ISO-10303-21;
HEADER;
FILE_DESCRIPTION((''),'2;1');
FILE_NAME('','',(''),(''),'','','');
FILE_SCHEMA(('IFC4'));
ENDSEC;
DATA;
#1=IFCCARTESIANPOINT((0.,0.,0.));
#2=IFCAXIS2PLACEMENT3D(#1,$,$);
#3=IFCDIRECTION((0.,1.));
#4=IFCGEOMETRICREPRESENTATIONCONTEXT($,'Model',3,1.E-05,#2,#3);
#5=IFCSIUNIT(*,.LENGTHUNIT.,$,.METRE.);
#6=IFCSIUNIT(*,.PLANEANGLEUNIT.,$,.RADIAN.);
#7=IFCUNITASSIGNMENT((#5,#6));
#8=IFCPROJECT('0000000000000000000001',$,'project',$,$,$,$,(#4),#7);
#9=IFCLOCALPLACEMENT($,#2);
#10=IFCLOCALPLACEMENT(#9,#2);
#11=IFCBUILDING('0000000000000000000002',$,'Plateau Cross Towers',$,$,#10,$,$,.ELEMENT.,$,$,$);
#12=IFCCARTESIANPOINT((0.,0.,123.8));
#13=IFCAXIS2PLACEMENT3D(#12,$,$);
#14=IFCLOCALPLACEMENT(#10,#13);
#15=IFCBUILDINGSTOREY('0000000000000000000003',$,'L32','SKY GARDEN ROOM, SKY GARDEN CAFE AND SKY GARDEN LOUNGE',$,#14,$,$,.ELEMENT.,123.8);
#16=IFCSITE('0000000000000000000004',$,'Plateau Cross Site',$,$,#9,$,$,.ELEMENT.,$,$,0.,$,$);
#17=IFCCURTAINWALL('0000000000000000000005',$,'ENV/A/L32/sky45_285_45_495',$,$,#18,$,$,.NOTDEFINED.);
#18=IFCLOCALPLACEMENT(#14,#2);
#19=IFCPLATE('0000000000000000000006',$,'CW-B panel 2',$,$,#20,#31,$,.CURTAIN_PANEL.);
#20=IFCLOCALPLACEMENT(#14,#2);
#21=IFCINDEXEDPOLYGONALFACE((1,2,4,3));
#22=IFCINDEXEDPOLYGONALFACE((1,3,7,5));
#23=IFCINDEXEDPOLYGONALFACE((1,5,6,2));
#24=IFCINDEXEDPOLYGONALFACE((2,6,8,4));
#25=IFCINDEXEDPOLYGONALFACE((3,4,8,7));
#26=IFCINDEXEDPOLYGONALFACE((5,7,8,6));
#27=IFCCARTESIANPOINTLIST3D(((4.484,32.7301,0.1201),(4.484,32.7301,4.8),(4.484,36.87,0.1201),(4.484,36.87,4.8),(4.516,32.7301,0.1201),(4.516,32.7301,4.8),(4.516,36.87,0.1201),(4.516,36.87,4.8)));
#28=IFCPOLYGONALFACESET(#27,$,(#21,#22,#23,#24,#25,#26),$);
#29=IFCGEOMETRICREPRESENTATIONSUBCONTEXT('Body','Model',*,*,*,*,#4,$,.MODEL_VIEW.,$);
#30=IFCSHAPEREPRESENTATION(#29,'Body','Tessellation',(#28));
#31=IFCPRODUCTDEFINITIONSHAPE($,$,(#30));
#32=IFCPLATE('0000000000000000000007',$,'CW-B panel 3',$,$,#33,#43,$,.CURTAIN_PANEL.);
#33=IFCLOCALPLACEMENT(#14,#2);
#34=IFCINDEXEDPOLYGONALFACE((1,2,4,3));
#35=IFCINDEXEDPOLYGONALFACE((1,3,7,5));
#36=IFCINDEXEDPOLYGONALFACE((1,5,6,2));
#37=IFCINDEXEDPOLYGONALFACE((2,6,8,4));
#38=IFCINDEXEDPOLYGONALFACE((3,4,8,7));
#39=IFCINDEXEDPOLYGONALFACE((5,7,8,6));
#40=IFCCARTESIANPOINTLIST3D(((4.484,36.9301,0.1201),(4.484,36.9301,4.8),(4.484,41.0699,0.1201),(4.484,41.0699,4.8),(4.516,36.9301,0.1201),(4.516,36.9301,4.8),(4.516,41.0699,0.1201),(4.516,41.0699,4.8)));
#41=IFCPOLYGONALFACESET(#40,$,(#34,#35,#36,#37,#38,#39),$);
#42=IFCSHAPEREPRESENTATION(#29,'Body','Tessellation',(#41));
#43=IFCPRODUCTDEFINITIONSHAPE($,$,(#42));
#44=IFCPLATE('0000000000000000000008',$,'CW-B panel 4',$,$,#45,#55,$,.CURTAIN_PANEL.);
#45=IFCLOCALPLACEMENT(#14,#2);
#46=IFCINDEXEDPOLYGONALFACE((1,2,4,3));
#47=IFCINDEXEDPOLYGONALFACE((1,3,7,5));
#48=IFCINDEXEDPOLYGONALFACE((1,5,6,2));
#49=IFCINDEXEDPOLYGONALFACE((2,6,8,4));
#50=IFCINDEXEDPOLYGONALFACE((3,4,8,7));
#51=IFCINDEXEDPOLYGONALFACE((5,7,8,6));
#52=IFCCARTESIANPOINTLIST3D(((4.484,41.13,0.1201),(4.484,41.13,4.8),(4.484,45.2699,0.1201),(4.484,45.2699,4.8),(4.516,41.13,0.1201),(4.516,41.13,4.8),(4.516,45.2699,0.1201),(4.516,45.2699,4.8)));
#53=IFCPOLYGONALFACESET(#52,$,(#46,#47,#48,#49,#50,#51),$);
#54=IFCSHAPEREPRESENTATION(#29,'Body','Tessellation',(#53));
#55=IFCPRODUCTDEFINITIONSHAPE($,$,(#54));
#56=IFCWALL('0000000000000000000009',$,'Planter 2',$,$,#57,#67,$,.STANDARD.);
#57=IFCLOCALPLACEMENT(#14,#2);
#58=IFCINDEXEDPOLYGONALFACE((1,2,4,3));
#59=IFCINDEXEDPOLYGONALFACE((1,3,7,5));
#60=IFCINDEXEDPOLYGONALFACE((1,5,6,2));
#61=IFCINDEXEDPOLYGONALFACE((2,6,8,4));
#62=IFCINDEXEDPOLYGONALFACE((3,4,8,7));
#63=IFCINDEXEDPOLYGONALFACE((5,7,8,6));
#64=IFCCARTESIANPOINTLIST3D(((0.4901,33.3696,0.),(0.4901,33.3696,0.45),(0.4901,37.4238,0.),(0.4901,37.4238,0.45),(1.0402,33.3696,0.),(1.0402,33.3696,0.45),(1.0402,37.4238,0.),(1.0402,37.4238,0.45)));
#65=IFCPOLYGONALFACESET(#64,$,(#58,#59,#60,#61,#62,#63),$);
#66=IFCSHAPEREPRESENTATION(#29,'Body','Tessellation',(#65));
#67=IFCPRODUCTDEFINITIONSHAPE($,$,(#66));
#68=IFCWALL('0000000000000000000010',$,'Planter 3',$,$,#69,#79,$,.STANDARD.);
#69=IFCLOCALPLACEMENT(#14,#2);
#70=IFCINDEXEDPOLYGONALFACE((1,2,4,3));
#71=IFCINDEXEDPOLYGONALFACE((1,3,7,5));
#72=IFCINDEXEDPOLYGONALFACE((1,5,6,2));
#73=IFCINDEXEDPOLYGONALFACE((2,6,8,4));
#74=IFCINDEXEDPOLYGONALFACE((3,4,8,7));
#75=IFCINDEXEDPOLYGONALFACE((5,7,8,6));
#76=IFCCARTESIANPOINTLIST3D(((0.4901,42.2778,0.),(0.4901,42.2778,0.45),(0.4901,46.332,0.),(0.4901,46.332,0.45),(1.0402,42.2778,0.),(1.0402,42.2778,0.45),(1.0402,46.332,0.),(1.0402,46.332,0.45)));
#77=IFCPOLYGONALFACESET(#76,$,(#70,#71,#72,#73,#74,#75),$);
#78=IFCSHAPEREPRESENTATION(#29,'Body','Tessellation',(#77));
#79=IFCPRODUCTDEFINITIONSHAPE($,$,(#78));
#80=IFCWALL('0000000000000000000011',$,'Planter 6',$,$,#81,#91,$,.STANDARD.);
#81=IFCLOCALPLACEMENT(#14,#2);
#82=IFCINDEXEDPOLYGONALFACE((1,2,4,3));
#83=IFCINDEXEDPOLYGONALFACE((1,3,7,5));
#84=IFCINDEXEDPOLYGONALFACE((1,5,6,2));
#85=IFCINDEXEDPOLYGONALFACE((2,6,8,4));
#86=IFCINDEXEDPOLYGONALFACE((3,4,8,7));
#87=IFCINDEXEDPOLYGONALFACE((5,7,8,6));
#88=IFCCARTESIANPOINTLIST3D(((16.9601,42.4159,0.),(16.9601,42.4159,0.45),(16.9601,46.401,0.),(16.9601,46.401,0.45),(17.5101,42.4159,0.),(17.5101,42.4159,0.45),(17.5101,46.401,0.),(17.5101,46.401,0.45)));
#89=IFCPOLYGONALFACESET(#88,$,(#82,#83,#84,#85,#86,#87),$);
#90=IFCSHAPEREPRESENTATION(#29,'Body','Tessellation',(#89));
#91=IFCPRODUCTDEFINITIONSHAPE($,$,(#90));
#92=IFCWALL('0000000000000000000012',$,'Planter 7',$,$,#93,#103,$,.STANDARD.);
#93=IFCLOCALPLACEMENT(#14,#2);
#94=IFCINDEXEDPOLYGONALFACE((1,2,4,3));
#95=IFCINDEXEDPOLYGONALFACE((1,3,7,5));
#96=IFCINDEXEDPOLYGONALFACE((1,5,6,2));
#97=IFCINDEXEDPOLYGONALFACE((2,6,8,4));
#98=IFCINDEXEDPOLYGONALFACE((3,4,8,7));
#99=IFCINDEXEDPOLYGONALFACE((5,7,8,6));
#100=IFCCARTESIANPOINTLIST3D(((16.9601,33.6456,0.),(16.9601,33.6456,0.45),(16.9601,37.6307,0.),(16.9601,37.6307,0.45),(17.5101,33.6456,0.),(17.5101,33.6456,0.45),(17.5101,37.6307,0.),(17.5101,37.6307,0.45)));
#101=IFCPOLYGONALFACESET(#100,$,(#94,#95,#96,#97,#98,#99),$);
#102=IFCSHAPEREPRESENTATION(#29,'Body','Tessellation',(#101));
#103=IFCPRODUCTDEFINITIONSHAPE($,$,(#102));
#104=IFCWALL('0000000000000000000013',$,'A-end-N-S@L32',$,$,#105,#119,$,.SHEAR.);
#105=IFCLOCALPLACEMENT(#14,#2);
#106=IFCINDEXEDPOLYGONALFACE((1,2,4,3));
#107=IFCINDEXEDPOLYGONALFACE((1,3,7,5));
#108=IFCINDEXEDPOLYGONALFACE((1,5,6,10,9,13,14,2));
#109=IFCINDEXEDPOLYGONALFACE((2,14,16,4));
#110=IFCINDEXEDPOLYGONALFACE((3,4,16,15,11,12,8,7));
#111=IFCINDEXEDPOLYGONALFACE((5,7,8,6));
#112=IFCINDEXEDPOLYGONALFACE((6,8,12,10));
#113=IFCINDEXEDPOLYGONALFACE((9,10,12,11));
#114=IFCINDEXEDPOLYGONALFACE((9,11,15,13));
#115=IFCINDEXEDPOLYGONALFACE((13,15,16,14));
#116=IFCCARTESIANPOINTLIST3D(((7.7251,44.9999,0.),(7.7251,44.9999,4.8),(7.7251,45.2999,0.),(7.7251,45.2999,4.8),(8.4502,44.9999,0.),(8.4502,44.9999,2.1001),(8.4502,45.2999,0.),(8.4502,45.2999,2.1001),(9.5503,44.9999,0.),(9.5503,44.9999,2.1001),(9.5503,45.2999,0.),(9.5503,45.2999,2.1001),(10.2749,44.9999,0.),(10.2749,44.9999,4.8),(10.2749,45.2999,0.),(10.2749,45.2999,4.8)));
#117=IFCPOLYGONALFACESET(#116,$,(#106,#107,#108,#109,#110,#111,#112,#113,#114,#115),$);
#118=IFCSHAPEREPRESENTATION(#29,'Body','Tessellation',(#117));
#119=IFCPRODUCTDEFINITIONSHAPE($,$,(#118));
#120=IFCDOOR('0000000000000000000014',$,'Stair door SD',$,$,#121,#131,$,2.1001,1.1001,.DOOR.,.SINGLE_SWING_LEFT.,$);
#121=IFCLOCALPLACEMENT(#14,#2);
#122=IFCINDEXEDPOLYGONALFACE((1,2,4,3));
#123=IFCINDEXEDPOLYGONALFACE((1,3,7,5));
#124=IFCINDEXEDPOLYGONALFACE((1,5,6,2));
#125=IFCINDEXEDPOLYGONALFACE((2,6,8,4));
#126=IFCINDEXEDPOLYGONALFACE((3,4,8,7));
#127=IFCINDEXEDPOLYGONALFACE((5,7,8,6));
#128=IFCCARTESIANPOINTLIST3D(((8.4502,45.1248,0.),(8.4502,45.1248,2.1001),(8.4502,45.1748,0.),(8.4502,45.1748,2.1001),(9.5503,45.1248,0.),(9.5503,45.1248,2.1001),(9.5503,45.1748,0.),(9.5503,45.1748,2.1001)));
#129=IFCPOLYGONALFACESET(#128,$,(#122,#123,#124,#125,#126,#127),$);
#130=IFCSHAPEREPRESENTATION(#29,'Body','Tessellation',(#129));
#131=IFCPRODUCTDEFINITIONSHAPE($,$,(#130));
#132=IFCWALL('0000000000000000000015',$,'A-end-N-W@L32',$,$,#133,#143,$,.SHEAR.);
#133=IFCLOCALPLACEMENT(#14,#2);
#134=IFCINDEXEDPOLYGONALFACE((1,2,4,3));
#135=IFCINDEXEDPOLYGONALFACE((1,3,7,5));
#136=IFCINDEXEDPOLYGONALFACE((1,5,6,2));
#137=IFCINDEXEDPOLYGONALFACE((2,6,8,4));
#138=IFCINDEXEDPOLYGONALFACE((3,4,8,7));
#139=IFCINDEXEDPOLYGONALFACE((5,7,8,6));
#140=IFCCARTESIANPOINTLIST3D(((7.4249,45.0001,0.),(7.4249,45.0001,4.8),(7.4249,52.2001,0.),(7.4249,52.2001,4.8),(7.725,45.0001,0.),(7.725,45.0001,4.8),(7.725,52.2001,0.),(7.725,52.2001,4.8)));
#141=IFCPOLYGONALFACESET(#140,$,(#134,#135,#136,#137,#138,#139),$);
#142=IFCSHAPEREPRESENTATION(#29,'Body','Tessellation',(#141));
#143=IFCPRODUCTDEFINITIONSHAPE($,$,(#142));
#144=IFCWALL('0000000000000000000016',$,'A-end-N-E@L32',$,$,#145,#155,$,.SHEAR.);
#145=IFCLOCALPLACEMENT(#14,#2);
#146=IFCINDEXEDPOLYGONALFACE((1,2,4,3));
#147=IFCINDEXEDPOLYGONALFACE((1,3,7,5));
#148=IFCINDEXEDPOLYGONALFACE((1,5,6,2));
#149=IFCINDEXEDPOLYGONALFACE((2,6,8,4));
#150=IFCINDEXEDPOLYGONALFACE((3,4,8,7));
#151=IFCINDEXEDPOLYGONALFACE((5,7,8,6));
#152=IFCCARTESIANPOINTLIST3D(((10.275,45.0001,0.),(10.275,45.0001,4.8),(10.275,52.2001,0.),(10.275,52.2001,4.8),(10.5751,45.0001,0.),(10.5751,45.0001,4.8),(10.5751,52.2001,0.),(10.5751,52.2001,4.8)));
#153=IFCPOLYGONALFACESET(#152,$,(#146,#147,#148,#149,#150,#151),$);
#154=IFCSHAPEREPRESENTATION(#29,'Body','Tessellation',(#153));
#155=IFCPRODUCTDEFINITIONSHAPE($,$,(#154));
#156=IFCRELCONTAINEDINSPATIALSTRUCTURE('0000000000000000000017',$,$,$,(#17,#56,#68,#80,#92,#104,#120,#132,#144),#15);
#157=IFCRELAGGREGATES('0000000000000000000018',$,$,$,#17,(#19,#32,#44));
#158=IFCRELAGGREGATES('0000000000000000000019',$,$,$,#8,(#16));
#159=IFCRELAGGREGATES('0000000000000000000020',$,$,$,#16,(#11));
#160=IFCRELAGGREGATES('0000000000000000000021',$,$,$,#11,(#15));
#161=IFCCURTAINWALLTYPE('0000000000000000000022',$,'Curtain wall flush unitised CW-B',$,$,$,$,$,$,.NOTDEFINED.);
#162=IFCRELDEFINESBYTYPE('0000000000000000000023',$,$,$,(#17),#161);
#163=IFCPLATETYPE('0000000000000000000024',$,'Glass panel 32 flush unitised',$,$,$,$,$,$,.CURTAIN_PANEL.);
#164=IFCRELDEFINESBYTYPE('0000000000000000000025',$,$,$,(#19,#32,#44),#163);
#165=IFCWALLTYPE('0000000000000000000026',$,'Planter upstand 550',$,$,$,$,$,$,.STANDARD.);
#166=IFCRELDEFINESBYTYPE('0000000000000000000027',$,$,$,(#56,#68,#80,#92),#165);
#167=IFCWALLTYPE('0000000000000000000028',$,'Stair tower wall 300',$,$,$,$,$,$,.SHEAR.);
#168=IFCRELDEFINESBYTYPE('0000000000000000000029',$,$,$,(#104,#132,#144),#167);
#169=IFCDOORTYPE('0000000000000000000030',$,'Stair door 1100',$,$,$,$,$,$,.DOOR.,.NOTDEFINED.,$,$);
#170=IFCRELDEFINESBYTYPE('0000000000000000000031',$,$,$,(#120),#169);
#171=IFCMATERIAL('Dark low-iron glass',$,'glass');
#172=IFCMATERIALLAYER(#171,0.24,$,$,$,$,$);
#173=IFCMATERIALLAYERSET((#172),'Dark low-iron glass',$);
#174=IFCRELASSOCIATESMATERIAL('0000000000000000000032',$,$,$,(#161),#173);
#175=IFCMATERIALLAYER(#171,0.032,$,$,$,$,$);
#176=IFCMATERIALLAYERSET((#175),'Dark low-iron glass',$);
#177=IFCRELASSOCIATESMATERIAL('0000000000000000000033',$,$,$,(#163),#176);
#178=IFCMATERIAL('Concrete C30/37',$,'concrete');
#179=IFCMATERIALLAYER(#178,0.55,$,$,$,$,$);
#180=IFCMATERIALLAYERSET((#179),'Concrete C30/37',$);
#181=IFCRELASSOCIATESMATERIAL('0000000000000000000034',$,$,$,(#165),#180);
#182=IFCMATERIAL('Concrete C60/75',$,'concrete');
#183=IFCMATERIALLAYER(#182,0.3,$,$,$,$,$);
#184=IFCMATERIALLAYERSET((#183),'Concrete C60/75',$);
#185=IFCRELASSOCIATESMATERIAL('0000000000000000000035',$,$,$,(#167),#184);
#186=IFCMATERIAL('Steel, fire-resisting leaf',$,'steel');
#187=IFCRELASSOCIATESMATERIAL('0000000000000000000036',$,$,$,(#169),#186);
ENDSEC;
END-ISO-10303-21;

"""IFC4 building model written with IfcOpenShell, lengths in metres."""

from ifc_helpers import new_model, si_unit, direction, frame, frame_2d, origin, origin_2d, place, context, subcontext, project, spatial, rectangle, extrude, material, layer, layer_set, type_object, element, fill, aggregate, save


model = new_model("IFC4")

# Units and contexts
model_context = context("Model", 3, precision=1e-05, world=origin(), true_north=direction((0.0, 1.0)))
body_context = subcontext(model_context, "Body", "Model", "MODEL_VIEW")
ifc_project = project(units=[si_unit("LENGTHUNIT", "METRE"), si_unit("PLANEANGLEUNIT", "RADIAN")], contexts=[model_context])

# Site, building, storey
site_placement = place(None, origin())
site = spatial("IfcSite", under=ifc_project, at=site_placement, Name="Plateau Cross Site", CompositionType="ELEMENT", RefElevation=0.0)
building_placement = place(site_placement, origin())
building = spatial("IfcBuilding", under=site, at=building_placement, Name="Plateau Cross Towers", CompositionType="ELEMENT")
storey_placement = place(building_placement, frame((0.0, 0.0, 123.8)))
storey = spatial("IfcBuildingStorey", under=building, at=storey_placement, Name="L32", Description="SKY GARDEN ROOM, SKY GARDEN CAFE AND SKY GARDEN LOUNGE", CompositionType="ELEMENT", Elevation=123.8)

# Shared definitions
ifc_material_1 = material(Name="Concrete C60/75", Category="concrete")

# Curtain wall
ifc_material_2 = material(Name="Dark low-iron glass", Category="glass")
ifc_layer_1 = layer(ifc_material_2, 0.24)
ifc_layer_set_1 = layer_set([ifc_layer_1], Name="Dark low-iron glass")
curtain_wall_type = type_object("IfcCurtainWallType", Name="Curtain wall flush unitised CW-B", PredefinedType="NOTDEFINED", material=ifc_layer_set_1)
curtain_wall_1_placement = place(storey_placement, origin())
curtain_wall_1 = element("IfcCurtainWall", 1, at=curtain_wall_1_placement, inside=storey, type_object=curtain_wall_type, Name="ENV/A/L32/sky45_285_45_495", PredefinedType="NOTDEFINED")

# Plates
ifc_layer_2 = layer(ifc_material_2, 0.032)
ifc_layer_set_2 = layer_set([ifc_layer_2], Name="Dark low-iron glass")
plate_type = type_object("IfcPlateType", Name="Glass panel 32 flush unitised", PredefinedType="CURTAIN_PANEL", material=ifc_layer_set_2)
plate_1_placement = place(storey_placement, frame((4.5, 34.8, 0.1201), z_axis=(0.0, 0.0, 1.0), x_axis=(0.0, 1.0, 0.0)))
plate_1 = element("IfcPlate", 2, at=plate_1_placement, type_object=plate_type, Name="CW-B panel 2", PredefinedType="CURTAIN_PANEL", context=body_context, shape_type="SweptSolid", body=[
    extrude(rectangle(XDim=4.1399, YDim=0.032, at=origin_2d()), origin(), (0.0, 0.0, 1.0), 4.6799),
])
plate_2_placement = place(storey_placement, frame((4.5, 39.0, 0.1201), z_axis=(0.0, 0.0, 1.0), x_axis=(0.0, 1.0, 0.0)))
plate_2 = element("IfcPlate", 3, at=plate_2_placement, type_object=plate_type, Name="CW-B panel 3", PredefinedType="CURTAIN_PANEL", context=body_context, shape_type="SweptSolid", body=[
    extrude(rectangle(XDim=4.1399, YDim=0.032, at=origin_2d()), origin(), (0.0, 0.0, 1.0), 4.6799),
])
plate_3_placement = place(storey_placement, frame((4.5, 43.2, 0.1201), z_axis=(0.0, 0.0, 1.0), x_axis=(0.0, 1.0, 0.0)))
plate_3 = element("IfcPlate", 4, at=plate_3_placement, type_object=plate_type, Name="CW-B panel 4", PredefinedType="CURTAIN_PANEL", context=body_context, shape_type="SweptSolid", body=[
    extrude(rectangle(XDim=4.1399, YDim=0.032, at=origin_2d()), origin(), (0.0, 0.0, 1.0), 4.6799),
])
aggregate(curtain_wall_1, [plate_1, plate_2, plate_3])

# Walls
ifc_material_3 = material(Name="Concrete C30/37", Category="concrete")
ifc_layer_3 = layer(ifc_material_3, 0.55)
ifc_layer_set_3 = layer_set([ifc_layer_3], Name="Concrete C30/37")
wall_type_1 = type_object("IfcWallType", Name="Planter upstand 550", PredefinedType="STANDARD", material=ifc_layer_set_3)
for number, where, z_axis, x_axis, name in (
    (5, (0.7651, 33.3696, 0.0), (0.0, 0.0, 1.0), (0.0, 1.0, 0.0), "Planter 2"),
    (6, (0.7651, 42.2778, 0.0), (0.0, 0.0, 1.0), (0.0, 1.0, 0.0), "Planter 3"),
):
    element("IfcWall", number, at=place(storey_placement, frame(where, z_axis=z_axis, x_axis=x_axis)), inside=storey, type_object=wall_type_1, Name=name, PredefinedType="STANDARD", context=body_context, shape_type="SweptSolid", body=[
        extrude(rectangle(XDim=4.0542, YDim=0.55, at=frame_2d((2.0271, 0.0))), origin(), (0.0, 0.0, 1.0), 0.45),
    ])
for number, where, z_axis, x_axis, name in (
    (7, (17.2351, 46.4011, 0.0), (0.0, 0.0, 1.0), (0.0, -1.0, 0.0), "Planter 6"),
    (8, (17.2351, 37.6309, 0.0), (0.0, 0.0, 1.0), (0.0, -1.0, 0.0), "Planter 7"),
):
    element("IfcWall", number, at=place(storey_placement, frame(where, z_axis=z_axis, x_axis=x_axis)), inside=storey, type_object=wall_type_1, Name=name, PredefinedType="STANDARD", context=body_context, shape_type="SweptSolid", body=[
        extrude(rectangle(XDim=3.9851, YDim=0.55, at=frame_2d((1.9927, 0.0))), origin(), (0.0, 0.0, 1.0), 0.45),
    ])

# Wall, opening, door
ifc_layer_4 = layer(ifc_material_1, 0.3)
ifc_layer_set_4 = layer_set([ifc_layer_4], Name="Concrete C60/75")
wall_type_2 = type_object("IfcWallType", Name="Stair tower wall 300", PredefinedType="SHEAR", material=ifc_layer_set_4)
wall_placement = place(storey_placement, frame((7.7251, 45.1499, 0.0), z_axis=(0.0, 0.0, 1.0), x_axis=(1.0, 0.0, 0.0)))
wall = element("IfcWall", 9, at=wall_placement, inside=storey, type_object=wall_type_2, Name="A-end-N-S@L32", PredefinedType="SHEAR", context=body_context, shape_type="SweptSolid", body=[
    extrude(rectangle(XDim=2.5498, YDim=0.3, at=frame_2d((1.2749, 0.0))), origin(), (0.0, 0.0, 1.0), 4.8),
])
opening_placement = place(wall_placement, frame((0.7251, 0.0, 0.0)))
opening = element("IfcOpeningElement", 10, at=opening_placement, cuts=wall, PredefinedType="OPENING", context=body_context, shape_type="SweptSolid", body=[
    extrude(rectangle(XDim=1.1001, YDim=2.1001, at=frame_2d((0.55, 1.05))), frame((0.0, 0.1599, 0.0), z_axis=(0.0, -1.0, 0.0), x_axis=(1.0, 0.0, 0.0)), (0.0, 0.0, 1.0), 0.3201),
])
ifc_material_4 = material(Name="Steel, fire-resisting leaf", Category="steel")
door_type = type_object("IfcDoorType", Name="Stair door 1100", OperationType="NOTDEFINED", PredefinedType="DOOR", material=ifc_material_4)
door_placement = place(opening_placement, origin())
door = element("IfcDoor", 11, at=door_placement, inside=storey, type_object=door_type, Name="Stair door SD", OperationType="SINGLE_SWING_LEFT", OverallHeight=2.1001, OverallWidth=1.1001, PredefinedType="DOOR", context=body_context, shape_type="SweptSolid", body=[
    extrude(rectangle(XDim=1.1001, YDim=2.1001, at=frame_2d((0.55, 1.05))), frame((0.0, 0.0249, 0.0), z_axis=(0.0, -1.0, 0.0), x_axis=(1.0, 0.0, 0.0)), (0.0, 0.0, 1.0), 0.05),
])
fill(opening, door)

# Walls
for number, where, z_axis, x_axis, name in (
    (12, (7.575, 45.0, 0.0), (0.0, 0.0, 1.0), (0.0, 1.0, 0.0), "A-end-N-W@L32"),
    (13, (10.425, 45.0, 0.0), (0.0, 0.0, 1.0), (0.0, 1.0, 0.0), "A-end-N-E@L32"),
):
    element("IfcWall", number, at=place(storey_placement, frame(where, z_axis=z_axis, x_axis=x_axis)), inside=storey, type_object=wall_type_2, Name=name, PredefinedType="SHEAR", context=body_context, shape_type="SweptSolid", body=[
        extrude(rectangle(XDim=7.2, YDim=0.3, at=frame_2d((3.6001, 0.0))), origin(), (0.0, 0.0, 1.0), 4.8),
    ])

save(model, "model.ifc")
